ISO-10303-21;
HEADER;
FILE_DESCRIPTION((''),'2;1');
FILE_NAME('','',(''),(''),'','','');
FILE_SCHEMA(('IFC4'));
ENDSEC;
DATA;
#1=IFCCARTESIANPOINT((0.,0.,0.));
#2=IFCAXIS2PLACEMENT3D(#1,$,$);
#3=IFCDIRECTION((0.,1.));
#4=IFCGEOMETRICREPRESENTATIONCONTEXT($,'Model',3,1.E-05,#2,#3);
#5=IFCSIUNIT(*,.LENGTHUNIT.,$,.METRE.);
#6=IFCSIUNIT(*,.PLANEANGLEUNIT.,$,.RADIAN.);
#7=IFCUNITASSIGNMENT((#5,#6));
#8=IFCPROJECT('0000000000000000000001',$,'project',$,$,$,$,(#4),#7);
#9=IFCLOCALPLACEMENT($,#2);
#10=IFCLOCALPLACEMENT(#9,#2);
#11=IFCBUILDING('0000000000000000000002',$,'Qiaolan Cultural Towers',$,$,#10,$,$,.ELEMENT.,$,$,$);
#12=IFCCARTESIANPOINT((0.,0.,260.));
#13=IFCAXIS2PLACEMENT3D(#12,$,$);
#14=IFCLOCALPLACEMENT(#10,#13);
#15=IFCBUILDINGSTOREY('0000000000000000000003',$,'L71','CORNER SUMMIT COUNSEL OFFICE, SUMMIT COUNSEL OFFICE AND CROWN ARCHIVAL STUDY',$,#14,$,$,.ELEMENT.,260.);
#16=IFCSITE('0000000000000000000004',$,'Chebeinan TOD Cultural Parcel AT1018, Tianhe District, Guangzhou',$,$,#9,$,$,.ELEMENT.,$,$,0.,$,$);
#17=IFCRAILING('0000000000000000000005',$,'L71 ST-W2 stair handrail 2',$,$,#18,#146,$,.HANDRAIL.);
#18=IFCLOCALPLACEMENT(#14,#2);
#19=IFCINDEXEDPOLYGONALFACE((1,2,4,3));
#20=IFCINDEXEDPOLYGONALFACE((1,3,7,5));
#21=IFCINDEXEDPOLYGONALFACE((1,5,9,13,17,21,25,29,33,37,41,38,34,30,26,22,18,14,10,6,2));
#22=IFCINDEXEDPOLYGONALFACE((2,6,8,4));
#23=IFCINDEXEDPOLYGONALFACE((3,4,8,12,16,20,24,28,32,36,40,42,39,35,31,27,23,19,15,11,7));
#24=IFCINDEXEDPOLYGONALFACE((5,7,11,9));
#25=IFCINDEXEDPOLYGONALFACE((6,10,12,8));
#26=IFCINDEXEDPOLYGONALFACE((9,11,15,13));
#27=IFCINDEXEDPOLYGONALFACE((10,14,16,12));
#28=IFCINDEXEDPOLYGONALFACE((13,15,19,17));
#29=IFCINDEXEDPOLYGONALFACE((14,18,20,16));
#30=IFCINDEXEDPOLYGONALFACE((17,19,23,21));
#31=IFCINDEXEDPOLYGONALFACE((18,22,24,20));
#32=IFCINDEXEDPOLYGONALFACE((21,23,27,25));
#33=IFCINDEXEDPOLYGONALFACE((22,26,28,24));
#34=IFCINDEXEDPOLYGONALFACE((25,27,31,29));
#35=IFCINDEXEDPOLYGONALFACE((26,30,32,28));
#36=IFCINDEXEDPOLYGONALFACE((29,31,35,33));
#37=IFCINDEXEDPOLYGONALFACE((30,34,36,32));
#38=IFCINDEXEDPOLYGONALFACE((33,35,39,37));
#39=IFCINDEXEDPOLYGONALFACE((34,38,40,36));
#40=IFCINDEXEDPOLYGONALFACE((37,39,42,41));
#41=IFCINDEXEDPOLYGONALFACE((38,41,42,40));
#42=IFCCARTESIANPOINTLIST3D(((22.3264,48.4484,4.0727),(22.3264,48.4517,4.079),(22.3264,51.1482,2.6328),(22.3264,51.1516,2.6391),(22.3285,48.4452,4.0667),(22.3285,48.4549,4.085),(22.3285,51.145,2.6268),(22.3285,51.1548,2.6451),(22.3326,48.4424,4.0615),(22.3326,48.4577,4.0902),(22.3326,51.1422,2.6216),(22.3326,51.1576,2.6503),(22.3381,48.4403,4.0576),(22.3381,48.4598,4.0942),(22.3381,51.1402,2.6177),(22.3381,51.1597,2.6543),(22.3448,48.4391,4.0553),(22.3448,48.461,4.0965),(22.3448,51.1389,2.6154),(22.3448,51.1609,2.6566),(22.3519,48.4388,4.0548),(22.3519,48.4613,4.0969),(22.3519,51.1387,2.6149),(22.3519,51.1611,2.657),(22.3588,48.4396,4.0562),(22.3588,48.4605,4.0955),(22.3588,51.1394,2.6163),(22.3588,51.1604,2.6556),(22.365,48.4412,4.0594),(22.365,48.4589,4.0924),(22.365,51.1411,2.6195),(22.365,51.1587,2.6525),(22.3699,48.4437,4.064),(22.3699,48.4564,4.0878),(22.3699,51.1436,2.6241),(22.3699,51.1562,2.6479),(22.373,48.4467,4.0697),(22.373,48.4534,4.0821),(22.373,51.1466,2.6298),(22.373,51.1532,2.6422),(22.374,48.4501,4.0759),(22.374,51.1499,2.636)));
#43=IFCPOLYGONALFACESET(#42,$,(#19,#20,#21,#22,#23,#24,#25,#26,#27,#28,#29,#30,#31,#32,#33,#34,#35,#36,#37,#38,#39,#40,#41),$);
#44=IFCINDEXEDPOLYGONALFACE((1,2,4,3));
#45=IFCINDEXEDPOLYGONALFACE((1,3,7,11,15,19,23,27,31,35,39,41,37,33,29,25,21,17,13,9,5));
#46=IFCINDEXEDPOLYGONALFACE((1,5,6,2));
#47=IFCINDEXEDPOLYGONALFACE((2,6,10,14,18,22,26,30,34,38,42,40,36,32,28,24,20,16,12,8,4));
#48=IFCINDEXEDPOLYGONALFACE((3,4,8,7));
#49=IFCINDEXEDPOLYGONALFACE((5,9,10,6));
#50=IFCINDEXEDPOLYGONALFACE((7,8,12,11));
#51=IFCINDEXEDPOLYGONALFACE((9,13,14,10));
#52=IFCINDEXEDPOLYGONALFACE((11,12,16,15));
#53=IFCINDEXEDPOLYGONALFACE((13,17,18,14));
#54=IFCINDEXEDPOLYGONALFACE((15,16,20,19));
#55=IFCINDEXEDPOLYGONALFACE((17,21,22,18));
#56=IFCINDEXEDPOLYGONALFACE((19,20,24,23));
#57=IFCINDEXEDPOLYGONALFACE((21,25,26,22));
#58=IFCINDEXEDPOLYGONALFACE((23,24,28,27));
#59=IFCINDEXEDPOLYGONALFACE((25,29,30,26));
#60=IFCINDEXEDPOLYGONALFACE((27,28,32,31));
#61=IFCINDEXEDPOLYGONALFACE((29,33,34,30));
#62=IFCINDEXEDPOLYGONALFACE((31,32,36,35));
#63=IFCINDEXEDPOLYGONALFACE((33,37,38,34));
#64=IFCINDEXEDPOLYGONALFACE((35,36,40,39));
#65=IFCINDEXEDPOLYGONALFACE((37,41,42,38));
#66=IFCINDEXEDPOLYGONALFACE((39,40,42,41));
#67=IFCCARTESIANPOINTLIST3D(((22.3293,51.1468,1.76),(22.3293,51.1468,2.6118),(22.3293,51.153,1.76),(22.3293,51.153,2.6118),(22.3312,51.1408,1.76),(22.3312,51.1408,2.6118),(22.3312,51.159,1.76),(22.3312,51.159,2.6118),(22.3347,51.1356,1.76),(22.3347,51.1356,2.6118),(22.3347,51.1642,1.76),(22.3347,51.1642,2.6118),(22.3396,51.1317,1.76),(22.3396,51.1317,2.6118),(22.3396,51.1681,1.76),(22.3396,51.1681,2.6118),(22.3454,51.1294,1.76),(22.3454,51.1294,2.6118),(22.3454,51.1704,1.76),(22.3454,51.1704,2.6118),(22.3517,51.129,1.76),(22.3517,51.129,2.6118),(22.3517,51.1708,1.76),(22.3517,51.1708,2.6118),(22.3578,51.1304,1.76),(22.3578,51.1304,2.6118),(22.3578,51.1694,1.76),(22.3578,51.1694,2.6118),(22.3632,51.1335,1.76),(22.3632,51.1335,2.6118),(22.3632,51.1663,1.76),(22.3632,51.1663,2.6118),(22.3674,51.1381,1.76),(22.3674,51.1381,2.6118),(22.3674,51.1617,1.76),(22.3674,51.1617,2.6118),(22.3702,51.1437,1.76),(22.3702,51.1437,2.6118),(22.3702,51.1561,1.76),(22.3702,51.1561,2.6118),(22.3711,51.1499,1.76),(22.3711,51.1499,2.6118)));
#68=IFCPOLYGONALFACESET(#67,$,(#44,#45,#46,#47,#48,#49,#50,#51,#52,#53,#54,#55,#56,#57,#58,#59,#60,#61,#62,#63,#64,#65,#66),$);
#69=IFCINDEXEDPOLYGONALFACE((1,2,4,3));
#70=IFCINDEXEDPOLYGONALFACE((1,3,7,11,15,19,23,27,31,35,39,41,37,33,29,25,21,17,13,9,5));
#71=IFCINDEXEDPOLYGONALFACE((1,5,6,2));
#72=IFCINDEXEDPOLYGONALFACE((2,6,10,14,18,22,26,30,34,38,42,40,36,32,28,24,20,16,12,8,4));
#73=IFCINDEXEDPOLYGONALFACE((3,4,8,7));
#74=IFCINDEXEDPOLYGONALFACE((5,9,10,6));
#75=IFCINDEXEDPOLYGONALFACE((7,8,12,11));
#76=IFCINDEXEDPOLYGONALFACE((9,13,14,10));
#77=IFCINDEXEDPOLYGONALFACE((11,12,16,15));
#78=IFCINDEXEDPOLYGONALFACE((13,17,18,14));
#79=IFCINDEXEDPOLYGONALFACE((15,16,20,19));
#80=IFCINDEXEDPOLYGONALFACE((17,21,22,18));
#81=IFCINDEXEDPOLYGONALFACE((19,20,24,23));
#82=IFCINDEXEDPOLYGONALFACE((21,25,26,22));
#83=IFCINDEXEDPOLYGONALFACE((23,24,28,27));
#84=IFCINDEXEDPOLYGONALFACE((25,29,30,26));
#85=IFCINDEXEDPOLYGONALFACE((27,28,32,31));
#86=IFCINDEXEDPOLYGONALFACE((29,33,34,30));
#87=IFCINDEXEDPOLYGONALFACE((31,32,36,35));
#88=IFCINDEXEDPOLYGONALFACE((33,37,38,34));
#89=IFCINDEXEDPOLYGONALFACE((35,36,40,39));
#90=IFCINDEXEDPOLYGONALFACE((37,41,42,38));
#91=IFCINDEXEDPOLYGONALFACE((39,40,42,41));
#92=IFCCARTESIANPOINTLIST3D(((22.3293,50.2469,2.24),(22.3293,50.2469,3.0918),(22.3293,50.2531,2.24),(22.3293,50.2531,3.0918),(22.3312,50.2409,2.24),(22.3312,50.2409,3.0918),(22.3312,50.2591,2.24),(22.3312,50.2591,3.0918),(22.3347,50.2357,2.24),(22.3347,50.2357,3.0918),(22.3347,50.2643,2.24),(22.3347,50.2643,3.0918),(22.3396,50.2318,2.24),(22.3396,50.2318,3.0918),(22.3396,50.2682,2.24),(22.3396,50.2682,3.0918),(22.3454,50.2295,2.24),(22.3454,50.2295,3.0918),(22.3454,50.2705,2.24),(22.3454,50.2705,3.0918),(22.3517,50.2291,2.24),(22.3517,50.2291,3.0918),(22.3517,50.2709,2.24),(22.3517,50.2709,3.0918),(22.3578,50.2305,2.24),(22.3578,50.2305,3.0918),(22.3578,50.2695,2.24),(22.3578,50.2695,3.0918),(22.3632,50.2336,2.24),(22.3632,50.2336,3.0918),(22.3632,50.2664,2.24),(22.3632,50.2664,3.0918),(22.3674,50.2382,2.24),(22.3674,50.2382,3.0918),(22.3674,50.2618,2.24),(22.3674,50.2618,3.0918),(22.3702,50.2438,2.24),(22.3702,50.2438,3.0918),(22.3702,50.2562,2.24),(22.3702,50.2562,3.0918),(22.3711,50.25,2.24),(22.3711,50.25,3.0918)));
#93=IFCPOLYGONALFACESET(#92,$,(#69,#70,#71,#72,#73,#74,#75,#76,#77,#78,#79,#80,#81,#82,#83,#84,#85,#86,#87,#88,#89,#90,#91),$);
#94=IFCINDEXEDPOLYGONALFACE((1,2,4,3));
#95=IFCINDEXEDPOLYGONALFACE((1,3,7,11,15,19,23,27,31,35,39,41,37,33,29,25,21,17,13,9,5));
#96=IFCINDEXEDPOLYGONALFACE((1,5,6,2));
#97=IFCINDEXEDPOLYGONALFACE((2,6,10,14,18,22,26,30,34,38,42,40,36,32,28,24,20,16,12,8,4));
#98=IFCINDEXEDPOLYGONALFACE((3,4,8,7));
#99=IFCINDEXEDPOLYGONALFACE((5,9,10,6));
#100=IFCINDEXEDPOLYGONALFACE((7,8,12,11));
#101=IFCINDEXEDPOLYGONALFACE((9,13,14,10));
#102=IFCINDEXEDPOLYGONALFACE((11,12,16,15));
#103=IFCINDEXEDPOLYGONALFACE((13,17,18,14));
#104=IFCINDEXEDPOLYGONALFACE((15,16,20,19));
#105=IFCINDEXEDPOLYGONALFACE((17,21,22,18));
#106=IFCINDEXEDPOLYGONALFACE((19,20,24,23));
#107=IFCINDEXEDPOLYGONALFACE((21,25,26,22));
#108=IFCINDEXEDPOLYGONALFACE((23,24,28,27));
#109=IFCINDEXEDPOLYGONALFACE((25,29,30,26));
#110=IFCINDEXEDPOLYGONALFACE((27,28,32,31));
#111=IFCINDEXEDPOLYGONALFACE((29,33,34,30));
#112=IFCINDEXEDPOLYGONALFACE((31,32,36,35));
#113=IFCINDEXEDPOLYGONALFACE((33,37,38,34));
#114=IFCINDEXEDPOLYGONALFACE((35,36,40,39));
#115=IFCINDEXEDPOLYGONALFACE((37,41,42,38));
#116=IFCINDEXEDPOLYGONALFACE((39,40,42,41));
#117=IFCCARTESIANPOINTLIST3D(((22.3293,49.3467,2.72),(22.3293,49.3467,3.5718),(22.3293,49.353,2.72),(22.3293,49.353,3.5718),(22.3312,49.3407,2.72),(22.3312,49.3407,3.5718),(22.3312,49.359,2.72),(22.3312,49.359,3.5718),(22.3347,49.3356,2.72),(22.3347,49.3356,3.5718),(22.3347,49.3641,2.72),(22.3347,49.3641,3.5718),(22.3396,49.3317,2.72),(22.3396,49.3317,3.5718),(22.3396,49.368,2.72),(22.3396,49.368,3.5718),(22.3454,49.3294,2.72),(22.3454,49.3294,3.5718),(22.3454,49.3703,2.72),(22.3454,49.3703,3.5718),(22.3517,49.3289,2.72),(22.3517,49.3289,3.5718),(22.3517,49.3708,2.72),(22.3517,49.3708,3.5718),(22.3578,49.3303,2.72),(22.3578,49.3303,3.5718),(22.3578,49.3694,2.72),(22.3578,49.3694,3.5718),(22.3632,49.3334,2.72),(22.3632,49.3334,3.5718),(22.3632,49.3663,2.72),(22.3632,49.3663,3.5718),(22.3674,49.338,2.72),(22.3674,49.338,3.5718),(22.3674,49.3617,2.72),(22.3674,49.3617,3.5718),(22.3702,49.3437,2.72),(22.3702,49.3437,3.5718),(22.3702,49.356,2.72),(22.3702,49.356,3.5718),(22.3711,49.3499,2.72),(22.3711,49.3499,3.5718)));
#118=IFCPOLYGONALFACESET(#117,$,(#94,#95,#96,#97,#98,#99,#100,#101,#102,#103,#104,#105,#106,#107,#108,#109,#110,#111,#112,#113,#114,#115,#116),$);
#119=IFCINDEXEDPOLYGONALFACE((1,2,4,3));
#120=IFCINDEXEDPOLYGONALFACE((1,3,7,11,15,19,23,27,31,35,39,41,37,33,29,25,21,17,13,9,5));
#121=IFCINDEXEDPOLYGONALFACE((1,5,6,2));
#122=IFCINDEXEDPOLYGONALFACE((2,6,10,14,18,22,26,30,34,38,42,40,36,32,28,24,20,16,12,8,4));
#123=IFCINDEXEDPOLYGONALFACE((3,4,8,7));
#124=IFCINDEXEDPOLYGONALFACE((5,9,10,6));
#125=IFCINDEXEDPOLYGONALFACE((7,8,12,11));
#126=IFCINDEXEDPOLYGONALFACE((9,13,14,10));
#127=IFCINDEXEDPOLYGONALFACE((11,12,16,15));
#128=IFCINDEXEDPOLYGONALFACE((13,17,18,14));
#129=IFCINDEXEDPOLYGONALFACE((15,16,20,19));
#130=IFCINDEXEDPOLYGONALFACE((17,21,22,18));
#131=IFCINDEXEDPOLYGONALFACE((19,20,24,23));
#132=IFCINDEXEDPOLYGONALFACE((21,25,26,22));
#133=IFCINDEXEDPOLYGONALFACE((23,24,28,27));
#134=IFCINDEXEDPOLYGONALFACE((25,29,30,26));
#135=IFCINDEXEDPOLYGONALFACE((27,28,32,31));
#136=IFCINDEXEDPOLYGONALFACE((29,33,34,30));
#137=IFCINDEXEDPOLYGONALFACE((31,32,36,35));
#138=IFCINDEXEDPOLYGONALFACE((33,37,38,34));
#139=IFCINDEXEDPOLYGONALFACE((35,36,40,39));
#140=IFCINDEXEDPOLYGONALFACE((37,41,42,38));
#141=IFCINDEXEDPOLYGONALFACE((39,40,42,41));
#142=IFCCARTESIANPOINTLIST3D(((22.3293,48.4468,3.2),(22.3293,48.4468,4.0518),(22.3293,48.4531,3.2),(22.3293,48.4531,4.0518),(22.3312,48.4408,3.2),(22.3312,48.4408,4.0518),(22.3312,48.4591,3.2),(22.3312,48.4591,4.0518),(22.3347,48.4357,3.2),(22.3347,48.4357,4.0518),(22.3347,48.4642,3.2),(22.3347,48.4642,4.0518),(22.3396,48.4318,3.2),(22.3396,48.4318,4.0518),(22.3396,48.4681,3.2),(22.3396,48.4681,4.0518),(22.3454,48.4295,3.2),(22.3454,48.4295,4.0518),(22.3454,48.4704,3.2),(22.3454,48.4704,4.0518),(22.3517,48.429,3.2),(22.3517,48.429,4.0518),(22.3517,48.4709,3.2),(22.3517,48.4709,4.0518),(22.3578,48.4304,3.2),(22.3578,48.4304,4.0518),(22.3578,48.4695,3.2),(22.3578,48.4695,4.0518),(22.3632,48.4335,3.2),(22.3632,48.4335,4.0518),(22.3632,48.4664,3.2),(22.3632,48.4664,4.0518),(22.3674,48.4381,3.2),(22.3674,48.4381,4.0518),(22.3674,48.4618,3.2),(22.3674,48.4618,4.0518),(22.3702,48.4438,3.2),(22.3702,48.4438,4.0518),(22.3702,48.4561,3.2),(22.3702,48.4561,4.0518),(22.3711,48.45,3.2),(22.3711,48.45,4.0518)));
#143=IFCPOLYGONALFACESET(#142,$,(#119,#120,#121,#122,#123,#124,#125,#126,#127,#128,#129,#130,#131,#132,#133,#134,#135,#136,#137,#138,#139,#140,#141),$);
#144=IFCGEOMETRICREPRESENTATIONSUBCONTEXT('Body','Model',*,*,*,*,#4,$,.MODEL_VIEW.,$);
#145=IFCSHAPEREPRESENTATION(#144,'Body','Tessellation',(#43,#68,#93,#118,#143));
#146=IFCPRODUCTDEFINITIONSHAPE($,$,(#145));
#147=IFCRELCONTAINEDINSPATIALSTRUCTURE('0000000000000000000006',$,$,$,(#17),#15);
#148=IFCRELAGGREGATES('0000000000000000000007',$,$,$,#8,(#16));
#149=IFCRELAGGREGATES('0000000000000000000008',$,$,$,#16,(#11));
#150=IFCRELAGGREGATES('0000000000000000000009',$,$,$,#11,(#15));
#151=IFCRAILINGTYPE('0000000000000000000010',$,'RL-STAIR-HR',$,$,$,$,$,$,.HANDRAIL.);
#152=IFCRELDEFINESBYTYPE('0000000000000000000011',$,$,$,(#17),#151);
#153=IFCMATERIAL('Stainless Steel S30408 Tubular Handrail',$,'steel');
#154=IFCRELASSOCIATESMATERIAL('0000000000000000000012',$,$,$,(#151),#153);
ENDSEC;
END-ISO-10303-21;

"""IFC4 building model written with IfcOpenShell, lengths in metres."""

from ifc_helpers import new_model, si_unit, direction, frame, origin, origin_2d, place, context, subcontext, project, spatial, circle, extrude, material, type_object, element, save


model = new_model("IFC4")

# Units and contexts
model_context = context("Model", 3, precision=1e-05, world=origin(), true_north=direction((0.0, 1.0)))
body_context = subcontext(model_context, "Body", "Model", "MODEL_VIEW")
ifc_project = project(units=[si_unit("LENGTHUNIT", "METRE"), si_unit("PLANEANGLEUNIT", "RADIAN")], contexts=[model_context])

# Site, building, storey
site_placement = place(None, origin())
site = spatial("IfcSite", under=ifc_project, at=site_placement, Name="Chebeinan TOD Cultural Parcel AT1018, Tianhe District, Guangzhou", CompositionType="ELEMENT", RefElevation=0.0)
building_placement = place(site_placement, origin())
building = spatial("IfcBuilding", under=site, at=building_placement, Name="Qiaolan Cultural Towers", CompositionType="ELEMENT")
storey_placement = place(building_placement, frame((0.0, 0.0, 260.0)))
storey = spatial("IfcBuildingStorey", under=building, at=storey_placement, Name="L71", Description="CORNER SUMMIT COUNSEL OFFICE, SUMMIT COUNSEL OFFICE AND CROWN ARCHIVAL STUDY", CompositionType="ELEMENT", Elevation=260.0)

# Railing
ifc_material_1 = material(Name="Stainless Steel S30408 Tubular Handrail", Category="steel")
railing_type_1 = type_object("IfcRailingType", Name="RL-STAIR-HR", PredefinedType="HANDRAIL", material=ifc_material_1)
railing_1_placement = place(storey_placement, frame((22.3501, 51.1499, 1.76)))
element("IfcRailing", 1, at=railing_1_placement, inside=storey, type_object=railing_type_1, Name="L71 ST-W2 stair handrail 2", PredefinedType="HANDRAIL", context=body_context, shape_type="SweptSolid", body=[
    extrude(circle(Radius=0.0239, at=origin_2d()), frame((0.0, 0.0, 0.876), z_axis=(0.0, -0.882357, 0.47058), x_axis=(1.0, 0.0, 0.0)), (0.0, 0.0, 1.0), 3.0598),
    extrude(circle(Radius=0.021, at=origin_2d()), origin(), (0.0, 0.0, 1.0), 0.8518),
    extrude(circle(Radius=0.021, at=origin_2d()), frame((0.0, -0.8999, 0.48)), (0.0, 0.0, 1.0), 0.8518),
    extrude(circle(Radius=0.021, at=origin_2d()), frame((0.0, -1.8, 0.96)), (0.0, 0.0, 1.0), 0.8518),
    extrude(circle(Radius=0.021, at=origin_2d()), frame((0.0, -2.7, 1.4399)), (0.0, 0.0, 1.0), 0.8518),
])

save(model, "model.ifc")
